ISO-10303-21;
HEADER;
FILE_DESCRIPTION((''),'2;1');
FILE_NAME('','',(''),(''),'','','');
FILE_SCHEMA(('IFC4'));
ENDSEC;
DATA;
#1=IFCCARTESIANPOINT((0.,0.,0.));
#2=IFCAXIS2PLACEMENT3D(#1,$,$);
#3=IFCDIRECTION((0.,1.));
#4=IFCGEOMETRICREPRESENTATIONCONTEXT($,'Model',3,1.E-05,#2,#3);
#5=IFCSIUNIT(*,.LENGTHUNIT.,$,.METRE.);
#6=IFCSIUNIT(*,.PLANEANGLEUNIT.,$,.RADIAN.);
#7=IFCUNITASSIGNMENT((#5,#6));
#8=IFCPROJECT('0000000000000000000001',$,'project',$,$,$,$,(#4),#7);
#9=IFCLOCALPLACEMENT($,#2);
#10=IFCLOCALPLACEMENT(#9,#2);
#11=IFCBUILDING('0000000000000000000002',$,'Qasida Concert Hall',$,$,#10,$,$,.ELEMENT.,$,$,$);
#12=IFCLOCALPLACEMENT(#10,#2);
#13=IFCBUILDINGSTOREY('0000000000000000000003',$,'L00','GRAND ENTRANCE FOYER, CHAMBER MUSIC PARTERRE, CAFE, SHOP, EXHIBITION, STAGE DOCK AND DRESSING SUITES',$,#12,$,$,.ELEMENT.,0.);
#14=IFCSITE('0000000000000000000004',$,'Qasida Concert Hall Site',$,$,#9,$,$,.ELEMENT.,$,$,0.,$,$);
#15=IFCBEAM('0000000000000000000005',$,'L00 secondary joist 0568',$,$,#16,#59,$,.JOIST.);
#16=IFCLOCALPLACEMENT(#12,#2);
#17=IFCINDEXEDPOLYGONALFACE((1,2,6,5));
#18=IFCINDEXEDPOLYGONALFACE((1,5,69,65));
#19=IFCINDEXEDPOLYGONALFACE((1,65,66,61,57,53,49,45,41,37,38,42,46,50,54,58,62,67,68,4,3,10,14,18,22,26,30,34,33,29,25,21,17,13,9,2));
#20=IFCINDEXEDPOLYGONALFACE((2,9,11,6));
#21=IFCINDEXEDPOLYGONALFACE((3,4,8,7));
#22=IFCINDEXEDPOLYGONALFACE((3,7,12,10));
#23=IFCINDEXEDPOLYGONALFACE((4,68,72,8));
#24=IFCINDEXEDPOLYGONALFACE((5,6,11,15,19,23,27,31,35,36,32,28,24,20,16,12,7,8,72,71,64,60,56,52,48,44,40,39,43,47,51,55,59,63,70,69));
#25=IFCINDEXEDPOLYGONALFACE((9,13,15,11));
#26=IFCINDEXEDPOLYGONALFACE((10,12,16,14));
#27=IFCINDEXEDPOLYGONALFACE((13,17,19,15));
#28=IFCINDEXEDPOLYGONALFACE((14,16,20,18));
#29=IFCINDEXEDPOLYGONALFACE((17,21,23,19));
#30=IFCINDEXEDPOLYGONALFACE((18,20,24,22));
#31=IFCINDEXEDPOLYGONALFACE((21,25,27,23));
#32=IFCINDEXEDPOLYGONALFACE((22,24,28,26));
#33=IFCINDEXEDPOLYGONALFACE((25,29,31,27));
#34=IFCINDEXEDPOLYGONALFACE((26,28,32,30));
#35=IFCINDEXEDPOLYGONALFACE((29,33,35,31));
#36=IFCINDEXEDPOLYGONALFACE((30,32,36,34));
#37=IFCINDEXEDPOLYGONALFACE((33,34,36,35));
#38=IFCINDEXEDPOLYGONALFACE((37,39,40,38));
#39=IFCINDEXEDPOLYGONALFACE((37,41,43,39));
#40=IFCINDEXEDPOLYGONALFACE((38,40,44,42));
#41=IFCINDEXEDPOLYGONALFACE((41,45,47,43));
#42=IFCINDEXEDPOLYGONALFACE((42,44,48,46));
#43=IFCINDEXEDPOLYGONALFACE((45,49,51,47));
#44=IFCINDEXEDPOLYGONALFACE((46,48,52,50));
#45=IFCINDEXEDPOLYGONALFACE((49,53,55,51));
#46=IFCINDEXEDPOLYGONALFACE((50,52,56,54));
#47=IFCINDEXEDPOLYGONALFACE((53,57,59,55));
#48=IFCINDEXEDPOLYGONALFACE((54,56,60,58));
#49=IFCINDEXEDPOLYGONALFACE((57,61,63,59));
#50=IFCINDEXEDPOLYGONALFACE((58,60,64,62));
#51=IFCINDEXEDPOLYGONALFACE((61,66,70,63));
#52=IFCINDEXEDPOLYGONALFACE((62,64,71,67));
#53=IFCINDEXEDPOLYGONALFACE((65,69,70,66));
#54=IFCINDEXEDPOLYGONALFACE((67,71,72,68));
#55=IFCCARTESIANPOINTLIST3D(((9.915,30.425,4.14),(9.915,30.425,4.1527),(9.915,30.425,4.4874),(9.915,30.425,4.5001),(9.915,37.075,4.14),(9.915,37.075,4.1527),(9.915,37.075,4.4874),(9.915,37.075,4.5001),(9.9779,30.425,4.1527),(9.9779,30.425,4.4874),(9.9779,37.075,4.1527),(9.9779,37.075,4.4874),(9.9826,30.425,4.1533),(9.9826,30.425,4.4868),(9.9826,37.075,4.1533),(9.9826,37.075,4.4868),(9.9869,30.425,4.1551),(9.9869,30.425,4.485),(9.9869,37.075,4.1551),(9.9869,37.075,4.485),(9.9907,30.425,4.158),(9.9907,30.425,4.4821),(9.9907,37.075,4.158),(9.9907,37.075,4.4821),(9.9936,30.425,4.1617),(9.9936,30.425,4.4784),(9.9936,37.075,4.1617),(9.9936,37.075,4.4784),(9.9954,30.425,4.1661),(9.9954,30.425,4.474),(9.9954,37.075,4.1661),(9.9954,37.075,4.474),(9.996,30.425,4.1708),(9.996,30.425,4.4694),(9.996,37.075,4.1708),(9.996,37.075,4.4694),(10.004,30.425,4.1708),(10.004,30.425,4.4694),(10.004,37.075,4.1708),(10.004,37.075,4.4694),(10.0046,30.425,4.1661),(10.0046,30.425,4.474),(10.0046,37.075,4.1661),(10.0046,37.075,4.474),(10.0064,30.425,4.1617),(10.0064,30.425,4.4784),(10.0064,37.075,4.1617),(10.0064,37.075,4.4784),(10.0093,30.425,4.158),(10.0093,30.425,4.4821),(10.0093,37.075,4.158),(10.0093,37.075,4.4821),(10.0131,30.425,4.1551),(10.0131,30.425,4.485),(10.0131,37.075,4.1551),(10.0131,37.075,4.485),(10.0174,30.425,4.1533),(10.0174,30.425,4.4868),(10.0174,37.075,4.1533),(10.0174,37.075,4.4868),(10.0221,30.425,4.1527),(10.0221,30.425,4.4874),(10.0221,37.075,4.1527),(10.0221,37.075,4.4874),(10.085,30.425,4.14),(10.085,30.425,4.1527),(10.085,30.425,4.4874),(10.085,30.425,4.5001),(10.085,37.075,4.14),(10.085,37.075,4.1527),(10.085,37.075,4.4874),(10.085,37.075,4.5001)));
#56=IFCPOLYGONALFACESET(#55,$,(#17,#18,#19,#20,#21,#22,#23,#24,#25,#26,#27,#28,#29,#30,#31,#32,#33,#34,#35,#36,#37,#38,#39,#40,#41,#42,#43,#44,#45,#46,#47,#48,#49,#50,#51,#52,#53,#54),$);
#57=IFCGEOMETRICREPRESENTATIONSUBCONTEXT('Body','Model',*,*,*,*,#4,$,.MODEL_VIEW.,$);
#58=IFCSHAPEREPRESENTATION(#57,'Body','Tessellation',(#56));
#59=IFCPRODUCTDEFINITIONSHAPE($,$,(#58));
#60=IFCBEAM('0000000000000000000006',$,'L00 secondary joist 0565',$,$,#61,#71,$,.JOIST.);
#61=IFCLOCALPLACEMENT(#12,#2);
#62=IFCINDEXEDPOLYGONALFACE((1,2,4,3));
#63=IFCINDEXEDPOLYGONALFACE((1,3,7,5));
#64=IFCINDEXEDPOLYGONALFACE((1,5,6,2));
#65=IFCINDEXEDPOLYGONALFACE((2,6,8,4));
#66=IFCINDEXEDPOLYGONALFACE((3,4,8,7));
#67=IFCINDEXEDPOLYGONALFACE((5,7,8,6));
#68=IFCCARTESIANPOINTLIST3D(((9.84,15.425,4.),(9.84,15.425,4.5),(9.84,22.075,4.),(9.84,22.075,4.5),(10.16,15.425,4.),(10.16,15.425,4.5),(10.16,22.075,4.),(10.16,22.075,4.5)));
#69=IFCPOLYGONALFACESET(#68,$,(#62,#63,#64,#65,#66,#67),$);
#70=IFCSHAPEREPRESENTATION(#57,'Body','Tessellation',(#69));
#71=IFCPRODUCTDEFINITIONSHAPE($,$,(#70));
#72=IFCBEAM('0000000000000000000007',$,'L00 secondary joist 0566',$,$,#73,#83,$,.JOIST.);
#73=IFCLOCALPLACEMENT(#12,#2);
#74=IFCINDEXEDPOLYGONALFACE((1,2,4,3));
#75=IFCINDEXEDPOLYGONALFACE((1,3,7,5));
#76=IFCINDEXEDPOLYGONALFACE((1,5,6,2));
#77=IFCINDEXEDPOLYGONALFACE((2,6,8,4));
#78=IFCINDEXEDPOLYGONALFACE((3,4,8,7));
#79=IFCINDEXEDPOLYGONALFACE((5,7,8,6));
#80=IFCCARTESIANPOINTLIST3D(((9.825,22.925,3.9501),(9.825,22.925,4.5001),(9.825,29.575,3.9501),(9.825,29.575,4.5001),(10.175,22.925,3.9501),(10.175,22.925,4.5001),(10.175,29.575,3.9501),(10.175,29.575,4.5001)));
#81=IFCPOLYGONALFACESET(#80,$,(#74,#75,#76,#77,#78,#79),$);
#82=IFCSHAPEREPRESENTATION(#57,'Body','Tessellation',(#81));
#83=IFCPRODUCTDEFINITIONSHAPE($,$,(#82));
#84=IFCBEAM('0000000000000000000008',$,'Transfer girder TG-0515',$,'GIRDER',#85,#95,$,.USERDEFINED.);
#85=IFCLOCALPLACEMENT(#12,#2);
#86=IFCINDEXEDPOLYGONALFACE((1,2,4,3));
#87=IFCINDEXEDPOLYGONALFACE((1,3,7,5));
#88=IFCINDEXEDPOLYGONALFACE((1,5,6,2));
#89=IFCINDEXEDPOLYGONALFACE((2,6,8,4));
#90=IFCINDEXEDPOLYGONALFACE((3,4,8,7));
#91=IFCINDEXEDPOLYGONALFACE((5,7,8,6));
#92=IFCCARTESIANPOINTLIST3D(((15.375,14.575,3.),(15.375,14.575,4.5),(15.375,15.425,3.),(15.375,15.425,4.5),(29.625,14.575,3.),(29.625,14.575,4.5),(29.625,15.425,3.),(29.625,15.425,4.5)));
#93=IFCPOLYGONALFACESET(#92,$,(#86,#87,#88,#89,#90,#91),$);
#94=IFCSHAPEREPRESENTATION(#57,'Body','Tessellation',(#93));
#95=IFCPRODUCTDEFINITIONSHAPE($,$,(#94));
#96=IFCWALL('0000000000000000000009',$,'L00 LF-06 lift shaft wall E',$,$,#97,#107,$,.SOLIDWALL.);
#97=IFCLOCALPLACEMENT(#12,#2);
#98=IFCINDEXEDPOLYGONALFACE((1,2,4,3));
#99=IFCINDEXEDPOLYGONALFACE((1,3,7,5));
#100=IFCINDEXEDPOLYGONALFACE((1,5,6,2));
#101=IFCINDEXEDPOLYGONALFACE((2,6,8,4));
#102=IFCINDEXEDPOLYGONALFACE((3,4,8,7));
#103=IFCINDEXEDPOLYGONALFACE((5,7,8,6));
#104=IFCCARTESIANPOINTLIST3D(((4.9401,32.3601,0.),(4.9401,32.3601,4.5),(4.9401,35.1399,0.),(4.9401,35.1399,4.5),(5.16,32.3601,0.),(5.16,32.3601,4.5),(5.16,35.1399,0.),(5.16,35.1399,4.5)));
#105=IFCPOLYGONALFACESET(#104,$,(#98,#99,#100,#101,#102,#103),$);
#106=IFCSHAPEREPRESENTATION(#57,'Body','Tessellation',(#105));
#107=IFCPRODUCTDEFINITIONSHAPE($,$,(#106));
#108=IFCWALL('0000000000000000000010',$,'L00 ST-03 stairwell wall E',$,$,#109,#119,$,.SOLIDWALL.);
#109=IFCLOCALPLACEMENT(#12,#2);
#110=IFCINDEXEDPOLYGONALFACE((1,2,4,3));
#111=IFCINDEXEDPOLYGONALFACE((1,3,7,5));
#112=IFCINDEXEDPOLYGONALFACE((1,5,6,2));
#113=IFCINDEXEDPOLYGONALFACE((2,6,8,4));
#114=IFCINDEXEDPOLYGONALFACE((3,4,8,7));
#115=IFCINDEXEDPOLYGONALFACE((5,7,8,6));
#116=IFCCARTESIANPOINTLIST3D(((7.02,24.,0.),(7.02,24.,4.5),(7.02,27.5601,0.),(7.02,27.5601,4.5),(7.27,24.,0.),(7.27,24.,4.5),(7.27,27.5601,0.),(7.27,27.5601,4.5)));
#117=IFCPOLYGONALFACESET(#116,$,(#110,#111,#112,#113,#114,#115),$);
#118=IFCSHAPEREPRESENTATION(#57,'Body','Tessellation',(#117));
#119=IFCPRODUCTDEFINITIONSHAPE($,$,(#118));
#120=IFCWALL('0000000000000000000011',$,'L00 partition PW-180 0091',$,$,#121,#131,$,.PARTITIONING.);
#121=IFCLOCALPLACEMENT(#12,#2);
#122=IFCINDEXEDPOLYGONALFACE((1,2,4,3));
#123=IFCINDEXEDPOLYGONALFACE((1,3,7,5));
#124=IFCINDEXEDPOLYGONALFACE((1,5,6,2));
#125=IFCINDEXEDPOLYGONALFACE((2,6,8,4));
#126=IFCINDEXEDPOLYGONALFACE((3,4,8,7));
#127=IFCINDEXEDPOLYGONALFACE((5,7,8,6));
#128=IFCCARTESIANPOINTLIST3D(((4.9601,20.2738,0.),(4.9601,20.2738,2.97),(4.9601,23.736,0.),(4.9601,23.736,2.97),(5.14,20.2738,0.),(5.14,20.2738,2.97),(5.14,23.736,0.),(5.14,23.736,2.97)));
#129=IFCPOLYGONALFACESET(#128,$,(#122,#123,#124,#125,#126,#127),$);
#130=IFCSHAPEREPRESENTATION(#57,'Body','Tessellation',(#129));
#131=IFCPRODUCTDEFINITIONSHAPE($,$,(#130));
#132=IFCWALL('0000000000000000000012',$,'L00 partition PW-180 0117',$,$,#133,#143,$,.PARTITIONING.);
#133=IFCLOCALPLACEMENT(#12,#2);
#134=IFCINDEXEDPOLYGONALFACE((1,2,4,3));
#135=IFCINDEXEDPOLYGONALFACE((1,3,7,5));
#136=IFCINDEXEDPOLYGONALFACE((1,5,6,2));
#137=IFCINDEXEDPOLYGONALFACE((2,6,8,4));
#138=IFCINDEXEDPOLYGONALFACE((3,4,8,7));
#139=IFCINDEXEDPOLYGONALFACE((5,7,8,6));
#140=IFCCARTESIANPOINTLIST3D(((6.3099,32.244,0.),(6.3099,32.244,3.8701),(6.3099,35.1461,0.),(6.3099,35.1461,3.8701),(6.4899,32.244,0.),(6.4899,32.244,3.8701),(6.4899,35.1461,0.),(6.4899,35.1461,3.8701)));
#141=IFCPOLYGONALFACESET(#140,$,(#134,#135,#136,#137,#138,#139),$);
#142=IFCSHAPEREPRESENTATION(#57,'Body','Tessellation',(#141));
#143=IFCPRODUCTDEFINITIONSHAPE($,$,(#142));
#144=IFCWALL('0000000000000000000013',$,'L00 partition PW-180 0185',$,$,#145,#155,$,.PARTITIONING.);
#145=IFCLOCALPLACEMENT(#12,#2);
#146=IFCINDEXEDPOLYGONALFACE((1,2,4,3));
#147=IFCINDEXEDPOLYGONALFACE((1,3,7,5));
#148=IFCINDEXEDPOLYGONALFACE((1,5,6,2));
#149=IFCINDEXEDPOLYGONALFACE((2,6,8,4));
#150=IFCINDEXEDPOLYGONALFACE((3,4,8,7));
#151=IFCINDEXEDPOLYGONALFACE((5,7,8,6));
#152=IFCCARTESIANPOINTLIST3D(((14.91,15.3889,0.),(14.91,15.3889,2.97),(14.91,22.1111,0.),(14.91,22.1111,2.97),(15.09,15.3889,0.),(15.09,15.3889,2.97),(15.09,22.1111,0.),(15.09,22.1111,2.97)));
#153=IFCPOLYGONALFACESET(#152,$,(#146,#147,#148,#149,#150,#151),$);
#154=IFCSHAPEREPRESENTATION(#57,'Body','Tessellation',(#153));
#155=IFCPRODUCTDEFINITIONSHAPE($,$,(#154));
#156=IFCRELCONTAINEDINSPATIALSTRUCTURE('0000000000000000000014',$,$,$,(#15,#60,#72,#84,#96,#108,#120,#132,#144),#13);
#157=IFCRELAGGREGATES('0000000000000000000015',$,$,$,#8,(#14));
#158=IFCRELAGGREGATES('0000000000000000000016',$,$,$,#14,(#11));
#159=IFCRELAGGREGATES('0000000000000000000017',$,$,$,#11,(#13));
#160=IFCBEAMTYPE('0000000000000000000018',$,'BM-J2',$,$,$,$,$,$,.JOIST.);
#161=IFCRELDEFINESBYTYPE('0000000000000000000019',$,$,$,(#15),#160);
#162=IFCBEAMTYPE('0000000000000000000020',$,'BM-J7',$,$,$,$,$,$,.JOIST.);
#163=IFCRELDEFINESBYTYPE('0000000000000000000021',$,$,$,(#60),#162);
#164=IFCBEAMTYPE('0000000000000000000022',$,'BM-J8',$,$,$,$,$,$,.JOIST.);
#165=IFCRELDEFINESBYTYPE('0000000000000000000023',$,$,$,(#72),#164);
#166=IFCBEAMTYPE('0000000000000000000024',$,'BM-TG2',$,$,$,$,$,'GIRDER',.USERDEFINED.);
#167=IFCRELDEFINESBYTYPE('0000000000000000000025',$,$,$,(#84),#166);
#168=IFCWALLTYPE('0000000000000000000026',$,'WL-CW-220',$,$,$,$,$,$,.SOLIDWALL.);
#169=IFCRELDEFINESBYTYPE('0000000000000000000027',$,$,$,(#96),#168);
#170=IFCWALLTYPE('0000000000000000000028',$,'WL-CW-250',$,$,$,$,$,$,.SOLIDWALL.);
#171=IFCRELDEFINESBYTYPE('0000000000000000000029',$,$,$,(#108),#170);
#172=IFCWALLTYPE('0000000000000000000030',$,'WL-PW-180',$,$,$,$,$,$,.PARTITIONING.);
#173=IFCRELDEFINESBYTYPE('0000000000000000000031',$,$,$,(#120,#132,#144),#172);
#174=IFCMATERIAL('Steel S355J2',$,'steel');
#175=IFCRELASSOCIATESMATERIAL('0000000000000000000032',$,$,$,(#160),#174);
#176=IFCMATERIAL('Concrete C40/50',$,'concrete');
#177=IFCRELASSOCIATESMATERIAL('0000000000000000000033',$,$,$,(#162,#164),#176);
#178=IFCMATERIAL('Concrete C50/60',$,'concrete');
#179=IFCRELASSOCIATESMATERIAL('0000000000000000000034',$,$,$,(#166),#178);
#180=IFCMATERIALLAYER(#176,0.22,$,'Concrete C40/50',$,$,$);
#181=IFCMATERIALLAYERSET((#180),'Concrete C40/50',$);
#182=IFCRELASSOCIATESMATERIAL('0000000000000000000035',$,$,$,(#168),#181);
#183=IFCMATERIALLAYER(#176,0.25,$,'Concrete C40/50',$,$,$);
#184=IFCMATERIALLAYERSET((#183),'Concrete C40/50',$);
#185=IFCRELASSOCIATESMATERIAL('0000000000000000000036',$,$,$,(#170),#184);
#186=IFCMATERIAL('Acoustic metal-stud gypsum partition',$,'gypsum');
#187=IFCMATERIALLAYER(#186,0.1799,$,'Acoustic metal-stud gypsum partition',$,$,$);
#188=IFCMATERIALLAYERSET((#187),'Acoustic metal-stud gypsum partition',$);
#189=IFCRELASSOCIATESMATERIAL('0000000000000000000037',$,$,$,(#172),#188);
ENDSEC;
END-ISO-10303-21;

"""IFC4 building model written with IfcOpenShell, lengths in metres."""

from ifc_helpers import new_model, si_unit, direction, frame, frame_2d, origin, origin_2d, place, context, subcontext, project, spatial, rectangle, i_section, extrude, material, layer, layer_set, material_profile, profile_set, type_object, element, save


model = new_model("IFC4")

# Units and contexts
model_context = context("Model", 3, precision=1e-05, world=origin(), true_north=direction((0.0, 1.0)))
body_context = subcontext(model_context, "Body", "Model", "MODEL_VIEW")
ifc_project = project(units=[si_unit("LENGTHUNIT", "METRE"), si_unit("PLANEANGLEUNIT", "RADIAN")], contexts=[model_context])

# Site, building, storey
site_placement = place(None, origin())
site = spatial("IfcSite", under=ifc_project, at=site_placement, Name="Qasida Concert Hall Site", CompositionType="ELEMENT", RefElevation=0.0)
building_placement = place(site_placement, origin())
building = spatial("IfcBuilding", under=site, at=building_placement, Name="Qasida Concert Hall", CompositionType="ELEMENT")
storey_placement = place(building_placement, origin())
storey = spatial("IfcBuildingStorey", under=building, at=storey_placement, Name="L00", Description="GRAND ENTRANCE FOYER, CHAMBER MUSIC PARTERRE, CAFE, SHOP, EXHIBITION, STAGE DOCK AND DRESSING SUITES", CompositionType="ELEMENT", Elevation=0.0)

# Shared definitions
ifc_material_1 = material(Name="Concrete C50/60", Category="concrete")

# Beams
ifc_material_2 = material(Name="Concrete C40/50", Category="concrete")
ifc_material_3 = material(Name="Steel S355J2", Category="steel")
ifc_material_profile_1 = material_profile(ifc_material_3, i_section(OverallWidth=0.1699, OverallDepth=0.3601, WebThickness=0.0081, FlangeThickness=0.0127, FilletRadius=0.0181, at=origin_2d()), Name="IPE 360")
ifc_profile_set_1 = profile_set([ifc_material_profile_1], Name="Steel S355J2")
beam_type_1 = type_object("IfcBeamType", Name="BM-J2", PredefinedType="JOIST", material=ifc_profile_set_1)
beam_1_placement = place(storey_placement, frame((10.0, 30.425, 4.3201), z_axis=(0.0, 1.0, 0.0), x_axis=(-1.0, 0.0, 0.0)))
element("IfcBeam", 1, at=beam_1_placement, inside=storey, type_object=beam_type_1, Name="L00 secondary joist 0568", PredefinedType="JOIST", context=body_context, shape_type="SweptSolid", body=[
    extrude(i_section(OverallWidth=0.1699, OverallDepth=0.3601, WebThickness=0.0081, FlangeThickness=0.0127, FilletRadius=0.0181, at=origin_2d()), origin(), (0.0, 0.0, 1.0), 6.6499),
])
ifc_material_profile_2 = material_profile(ifc_material_2, rectangle(XDim=0.3201, YDim=0.5, at=origin_2d()), Name="RC 320x500")
ifc_profile_set_2 = profile_set([ifc_material_profile_2], Name="Concrete C40/50")
beam_type_2 = type_object("IfcBeamType", Name="BM-J7", PredefinedType="JOIST", material=ifc_profile_set_2)
beam_2_placement = place(storey_placement, frame((10.0, 15.425, 4.25), z_axis=(0.0, 1.0, 0.0), x_axis=(-1.0, 0.0, 0.0)))
element("IfcBeam", 2, at=beam_2_placement, inside=storey, type_object=beam_type_2, Name="L00 secondary joist 0565", PredefinedType="JOIST", context=body_context, shape_type="SweptSolid", body=[
    extrude(rectangle(XDim=0.3201, YDim=0.5, at=origin_2d()), origin(), (0.0, 0.0, 1.0), 6.6499),
])
ifc_material_profile_3 = material_profile(ifc_material_2, rectangle(XDim=0.3501, YDim=0.55, at=origin_2d()), Name="RC 350x550")
ifc_profile_set_3 = profile_set([ifc_material_profile_3], Name="Concrete C40/50")
beam_type_3 = type_object("IfcBeamType", Name="BM-J8", PredefinedType="JOIST", material=ifc_profile_set_3)
beam_3_placement = place(storey_placement, frame((10.0, 22.925, 4.2251), z_axis=(0.0, 1.0, 0.0), x_axis=(-1.0, 0.0, 0.0)))
element("IfcBeam", 3, at=beam_3_placement, inside=storey, type_object=beam_type_3, Name="L00 secondary joist 0566", PredefinedType="JOIST", context=body_context, shape_type="SweptSolid", body=[
    extrude(rectangle(XDim=0.3501, YDim=0.55, at=origin_2d()), origin(), (0.0, 0.0, 1.0), 6.6499),
])
ifc_material_profile_4 = material_profile(ifc_material_1, rectangle(XDim=0.8501, YDim=1.5, at=origin_2d()), Name="RC 850x1500")
ifc_profile_set_4 = profile_set([ifc_material_profile_4], Name="Concrete C50/60")
beam_type_4 = type_object("IfcBeamType", Name="BM-TG2", ElementType="GIRDER", PredefinedType="USERDEFINED", material=ifc_profile_set_4)
beam_4_placement = place(storey_placement, frame((15.375, 15.0, 3.75), z_axis=(1.0, 0.0, 0.0), x_axis=(0.0, 1.0, 0.0)))
element("IfcBeam", 4, at=beam_4_placement, inside=storey, type_object=beam_type_4, Name="Transfer girder TG-0515", ObjectType="GIRDER", PredefinedType="USERDEFINED", context=body_context, shape_type="SweptSolid", body=[
    extrude(rectangle(XDim=0.8501, YDim=1.5, at=origin_2d()), origin(), (0.0, 0.0, 1.0), 14.25),
])

# Wall
ifc_layer_1 = layer(ifc_material_2, 0.22, Name="Concrete C40/50")
ifc_layer_set_1 = layer_set([ifc_layer_1], Name="Concrete C40/50")
wall_type_1 = type_object("IfcWallType", Name="WL-CW-220", PredefinedType="SOLIDWALL", material=ifc_layer_set_1)
wall_1_placement = place(storey_placement, frame((5.05, 32.3601, 0.0), z_axis=(0.0, 0.0, 1.0), x_axis=(0.0, 1.0, 0.0)))
element("IfcWall", 5, at=wall_1_placement, inside=storey, type_object=wall_type_1, Name="L00 LF-06 lift shaft wall E", PredefinedType="SOLIDWALL", context=body_context, shape_type="SweptSolid", body=[
    extrude(rectangle(XDim=2.7798, YDim=0.22, at=frame_2d((1.3899, 0.0))), origin(), (0.0, 0.0, 1.0), 4.5),
])

# Walls
ifc_layer_2 = layer(ifc_material_2, 0.25, Name="Concrete C40/50")
ifc_layer_set_2 = layer_set([ifc_layer_2], Name="Concrete C40/50")
wall_type_2 = type_object("IfcWallType", Name="WL-CW-250", PredefinedType="SOLIDWALL", material=ifc_layer_set_2)
wall_2_placement = place(storey_placement, frame((7.145, 24.0, 0.0), z_axis=(0.0, 0.0, 1.0), x_axis=(0.0, 1.0, 0.0)))
element("IfcWall", 6, at=wall_2_placement, inside=storey, type_object=wall_type_2, Name="L00 ST-03 stairwell wall E", PredefinedType="SOLIDWALL", context=body_context, shape_type="SweptSolid", body=[
    extrude(rectangle(XDim=3.5601, YDim=0.25, at=frame_2d((1.78, 0.0))), origin(), (0.0, 0.0, 1.0), 4.5),
])
ifc_material_4 = material(Name="Acoustic metal-stud gypsum partition", Category="gypsum")
ifc_layer_3 = layer(ifc_material_4, 0.1799, Name="Acoustic metal-stud gypsum partition")
ifc_layer_set_3 = layer_set([ifc_layer_3], Name="Acoustic metal-stud gypsum partition")
wall_type_3 = type_object("IfcWallType", Name="WL-PW-180", PredefinedType="PARTITIONING", material=ifc_layer_set_3)
wall_3_placement = place(storey_placement, frame((5.05, 20.2739, 0.0), z_axis=(0.0, 0.0, 1.0), x_axis=(0.0, 1.0, 0.0)))
element("IfcWall", 7, at=wall_3_placement, inside=storey, type_object=wall_type_3, Name="L00 partition PW-180 0091", PredefinedType="PARTITIONING", context=body_context, shape_type="SweptSolid", body=[
    extrude(rectangle(XDim=3.4622, YDim=0.1799, at=frame_2d((1.731, 0.0))), origin(), (0.0, 0.0, 1.0), 2.97),
])
wall_4_placement = place(storey_placement, frame((6.3999, 32.2439, 0.0), z_axis=(0.0, 0.0, 1.0), x_axis=(0.0, 1.0, 0.0)))
element("IfcWall", 8, at=wall_4_placement, inside=storey, type_object=wall_type_3, Name="L00 partition PW-180 0117", PredefinedType="PARTITIONING", context=body_context, shape_type="SweptSolid", body=[
    extrude(rectangle(XDim=2.9021, YDim=0.1799, at=frame_2d((1.4512, 0.0))), origin(), (0.0, 0.0, 1.0), 3.8701),
])
wall_5_placement = place(storey_placement, frame((15.0, 15.3889, 0.0), z_axis=(0.0, 0.0, 1.0), x_axis=(0.0, 1.0, 0.0)))
element("IfcWall", 9, at=wall_5_placement, inside=storey, type_object=wall_type_3, Name="L00 partition PW-180 0185", PredefinedType="PARTITIONING", context=body_context, shape_type="SweptSolid", body=[
    extrude(rectangle(XDim=6.7222, YDim=0.1799, at=frame_2d((3.3611, 0.0))), origin(), (0.0, 0.0, 1.0), 2.97),
])

save(model, "model.ifc")
